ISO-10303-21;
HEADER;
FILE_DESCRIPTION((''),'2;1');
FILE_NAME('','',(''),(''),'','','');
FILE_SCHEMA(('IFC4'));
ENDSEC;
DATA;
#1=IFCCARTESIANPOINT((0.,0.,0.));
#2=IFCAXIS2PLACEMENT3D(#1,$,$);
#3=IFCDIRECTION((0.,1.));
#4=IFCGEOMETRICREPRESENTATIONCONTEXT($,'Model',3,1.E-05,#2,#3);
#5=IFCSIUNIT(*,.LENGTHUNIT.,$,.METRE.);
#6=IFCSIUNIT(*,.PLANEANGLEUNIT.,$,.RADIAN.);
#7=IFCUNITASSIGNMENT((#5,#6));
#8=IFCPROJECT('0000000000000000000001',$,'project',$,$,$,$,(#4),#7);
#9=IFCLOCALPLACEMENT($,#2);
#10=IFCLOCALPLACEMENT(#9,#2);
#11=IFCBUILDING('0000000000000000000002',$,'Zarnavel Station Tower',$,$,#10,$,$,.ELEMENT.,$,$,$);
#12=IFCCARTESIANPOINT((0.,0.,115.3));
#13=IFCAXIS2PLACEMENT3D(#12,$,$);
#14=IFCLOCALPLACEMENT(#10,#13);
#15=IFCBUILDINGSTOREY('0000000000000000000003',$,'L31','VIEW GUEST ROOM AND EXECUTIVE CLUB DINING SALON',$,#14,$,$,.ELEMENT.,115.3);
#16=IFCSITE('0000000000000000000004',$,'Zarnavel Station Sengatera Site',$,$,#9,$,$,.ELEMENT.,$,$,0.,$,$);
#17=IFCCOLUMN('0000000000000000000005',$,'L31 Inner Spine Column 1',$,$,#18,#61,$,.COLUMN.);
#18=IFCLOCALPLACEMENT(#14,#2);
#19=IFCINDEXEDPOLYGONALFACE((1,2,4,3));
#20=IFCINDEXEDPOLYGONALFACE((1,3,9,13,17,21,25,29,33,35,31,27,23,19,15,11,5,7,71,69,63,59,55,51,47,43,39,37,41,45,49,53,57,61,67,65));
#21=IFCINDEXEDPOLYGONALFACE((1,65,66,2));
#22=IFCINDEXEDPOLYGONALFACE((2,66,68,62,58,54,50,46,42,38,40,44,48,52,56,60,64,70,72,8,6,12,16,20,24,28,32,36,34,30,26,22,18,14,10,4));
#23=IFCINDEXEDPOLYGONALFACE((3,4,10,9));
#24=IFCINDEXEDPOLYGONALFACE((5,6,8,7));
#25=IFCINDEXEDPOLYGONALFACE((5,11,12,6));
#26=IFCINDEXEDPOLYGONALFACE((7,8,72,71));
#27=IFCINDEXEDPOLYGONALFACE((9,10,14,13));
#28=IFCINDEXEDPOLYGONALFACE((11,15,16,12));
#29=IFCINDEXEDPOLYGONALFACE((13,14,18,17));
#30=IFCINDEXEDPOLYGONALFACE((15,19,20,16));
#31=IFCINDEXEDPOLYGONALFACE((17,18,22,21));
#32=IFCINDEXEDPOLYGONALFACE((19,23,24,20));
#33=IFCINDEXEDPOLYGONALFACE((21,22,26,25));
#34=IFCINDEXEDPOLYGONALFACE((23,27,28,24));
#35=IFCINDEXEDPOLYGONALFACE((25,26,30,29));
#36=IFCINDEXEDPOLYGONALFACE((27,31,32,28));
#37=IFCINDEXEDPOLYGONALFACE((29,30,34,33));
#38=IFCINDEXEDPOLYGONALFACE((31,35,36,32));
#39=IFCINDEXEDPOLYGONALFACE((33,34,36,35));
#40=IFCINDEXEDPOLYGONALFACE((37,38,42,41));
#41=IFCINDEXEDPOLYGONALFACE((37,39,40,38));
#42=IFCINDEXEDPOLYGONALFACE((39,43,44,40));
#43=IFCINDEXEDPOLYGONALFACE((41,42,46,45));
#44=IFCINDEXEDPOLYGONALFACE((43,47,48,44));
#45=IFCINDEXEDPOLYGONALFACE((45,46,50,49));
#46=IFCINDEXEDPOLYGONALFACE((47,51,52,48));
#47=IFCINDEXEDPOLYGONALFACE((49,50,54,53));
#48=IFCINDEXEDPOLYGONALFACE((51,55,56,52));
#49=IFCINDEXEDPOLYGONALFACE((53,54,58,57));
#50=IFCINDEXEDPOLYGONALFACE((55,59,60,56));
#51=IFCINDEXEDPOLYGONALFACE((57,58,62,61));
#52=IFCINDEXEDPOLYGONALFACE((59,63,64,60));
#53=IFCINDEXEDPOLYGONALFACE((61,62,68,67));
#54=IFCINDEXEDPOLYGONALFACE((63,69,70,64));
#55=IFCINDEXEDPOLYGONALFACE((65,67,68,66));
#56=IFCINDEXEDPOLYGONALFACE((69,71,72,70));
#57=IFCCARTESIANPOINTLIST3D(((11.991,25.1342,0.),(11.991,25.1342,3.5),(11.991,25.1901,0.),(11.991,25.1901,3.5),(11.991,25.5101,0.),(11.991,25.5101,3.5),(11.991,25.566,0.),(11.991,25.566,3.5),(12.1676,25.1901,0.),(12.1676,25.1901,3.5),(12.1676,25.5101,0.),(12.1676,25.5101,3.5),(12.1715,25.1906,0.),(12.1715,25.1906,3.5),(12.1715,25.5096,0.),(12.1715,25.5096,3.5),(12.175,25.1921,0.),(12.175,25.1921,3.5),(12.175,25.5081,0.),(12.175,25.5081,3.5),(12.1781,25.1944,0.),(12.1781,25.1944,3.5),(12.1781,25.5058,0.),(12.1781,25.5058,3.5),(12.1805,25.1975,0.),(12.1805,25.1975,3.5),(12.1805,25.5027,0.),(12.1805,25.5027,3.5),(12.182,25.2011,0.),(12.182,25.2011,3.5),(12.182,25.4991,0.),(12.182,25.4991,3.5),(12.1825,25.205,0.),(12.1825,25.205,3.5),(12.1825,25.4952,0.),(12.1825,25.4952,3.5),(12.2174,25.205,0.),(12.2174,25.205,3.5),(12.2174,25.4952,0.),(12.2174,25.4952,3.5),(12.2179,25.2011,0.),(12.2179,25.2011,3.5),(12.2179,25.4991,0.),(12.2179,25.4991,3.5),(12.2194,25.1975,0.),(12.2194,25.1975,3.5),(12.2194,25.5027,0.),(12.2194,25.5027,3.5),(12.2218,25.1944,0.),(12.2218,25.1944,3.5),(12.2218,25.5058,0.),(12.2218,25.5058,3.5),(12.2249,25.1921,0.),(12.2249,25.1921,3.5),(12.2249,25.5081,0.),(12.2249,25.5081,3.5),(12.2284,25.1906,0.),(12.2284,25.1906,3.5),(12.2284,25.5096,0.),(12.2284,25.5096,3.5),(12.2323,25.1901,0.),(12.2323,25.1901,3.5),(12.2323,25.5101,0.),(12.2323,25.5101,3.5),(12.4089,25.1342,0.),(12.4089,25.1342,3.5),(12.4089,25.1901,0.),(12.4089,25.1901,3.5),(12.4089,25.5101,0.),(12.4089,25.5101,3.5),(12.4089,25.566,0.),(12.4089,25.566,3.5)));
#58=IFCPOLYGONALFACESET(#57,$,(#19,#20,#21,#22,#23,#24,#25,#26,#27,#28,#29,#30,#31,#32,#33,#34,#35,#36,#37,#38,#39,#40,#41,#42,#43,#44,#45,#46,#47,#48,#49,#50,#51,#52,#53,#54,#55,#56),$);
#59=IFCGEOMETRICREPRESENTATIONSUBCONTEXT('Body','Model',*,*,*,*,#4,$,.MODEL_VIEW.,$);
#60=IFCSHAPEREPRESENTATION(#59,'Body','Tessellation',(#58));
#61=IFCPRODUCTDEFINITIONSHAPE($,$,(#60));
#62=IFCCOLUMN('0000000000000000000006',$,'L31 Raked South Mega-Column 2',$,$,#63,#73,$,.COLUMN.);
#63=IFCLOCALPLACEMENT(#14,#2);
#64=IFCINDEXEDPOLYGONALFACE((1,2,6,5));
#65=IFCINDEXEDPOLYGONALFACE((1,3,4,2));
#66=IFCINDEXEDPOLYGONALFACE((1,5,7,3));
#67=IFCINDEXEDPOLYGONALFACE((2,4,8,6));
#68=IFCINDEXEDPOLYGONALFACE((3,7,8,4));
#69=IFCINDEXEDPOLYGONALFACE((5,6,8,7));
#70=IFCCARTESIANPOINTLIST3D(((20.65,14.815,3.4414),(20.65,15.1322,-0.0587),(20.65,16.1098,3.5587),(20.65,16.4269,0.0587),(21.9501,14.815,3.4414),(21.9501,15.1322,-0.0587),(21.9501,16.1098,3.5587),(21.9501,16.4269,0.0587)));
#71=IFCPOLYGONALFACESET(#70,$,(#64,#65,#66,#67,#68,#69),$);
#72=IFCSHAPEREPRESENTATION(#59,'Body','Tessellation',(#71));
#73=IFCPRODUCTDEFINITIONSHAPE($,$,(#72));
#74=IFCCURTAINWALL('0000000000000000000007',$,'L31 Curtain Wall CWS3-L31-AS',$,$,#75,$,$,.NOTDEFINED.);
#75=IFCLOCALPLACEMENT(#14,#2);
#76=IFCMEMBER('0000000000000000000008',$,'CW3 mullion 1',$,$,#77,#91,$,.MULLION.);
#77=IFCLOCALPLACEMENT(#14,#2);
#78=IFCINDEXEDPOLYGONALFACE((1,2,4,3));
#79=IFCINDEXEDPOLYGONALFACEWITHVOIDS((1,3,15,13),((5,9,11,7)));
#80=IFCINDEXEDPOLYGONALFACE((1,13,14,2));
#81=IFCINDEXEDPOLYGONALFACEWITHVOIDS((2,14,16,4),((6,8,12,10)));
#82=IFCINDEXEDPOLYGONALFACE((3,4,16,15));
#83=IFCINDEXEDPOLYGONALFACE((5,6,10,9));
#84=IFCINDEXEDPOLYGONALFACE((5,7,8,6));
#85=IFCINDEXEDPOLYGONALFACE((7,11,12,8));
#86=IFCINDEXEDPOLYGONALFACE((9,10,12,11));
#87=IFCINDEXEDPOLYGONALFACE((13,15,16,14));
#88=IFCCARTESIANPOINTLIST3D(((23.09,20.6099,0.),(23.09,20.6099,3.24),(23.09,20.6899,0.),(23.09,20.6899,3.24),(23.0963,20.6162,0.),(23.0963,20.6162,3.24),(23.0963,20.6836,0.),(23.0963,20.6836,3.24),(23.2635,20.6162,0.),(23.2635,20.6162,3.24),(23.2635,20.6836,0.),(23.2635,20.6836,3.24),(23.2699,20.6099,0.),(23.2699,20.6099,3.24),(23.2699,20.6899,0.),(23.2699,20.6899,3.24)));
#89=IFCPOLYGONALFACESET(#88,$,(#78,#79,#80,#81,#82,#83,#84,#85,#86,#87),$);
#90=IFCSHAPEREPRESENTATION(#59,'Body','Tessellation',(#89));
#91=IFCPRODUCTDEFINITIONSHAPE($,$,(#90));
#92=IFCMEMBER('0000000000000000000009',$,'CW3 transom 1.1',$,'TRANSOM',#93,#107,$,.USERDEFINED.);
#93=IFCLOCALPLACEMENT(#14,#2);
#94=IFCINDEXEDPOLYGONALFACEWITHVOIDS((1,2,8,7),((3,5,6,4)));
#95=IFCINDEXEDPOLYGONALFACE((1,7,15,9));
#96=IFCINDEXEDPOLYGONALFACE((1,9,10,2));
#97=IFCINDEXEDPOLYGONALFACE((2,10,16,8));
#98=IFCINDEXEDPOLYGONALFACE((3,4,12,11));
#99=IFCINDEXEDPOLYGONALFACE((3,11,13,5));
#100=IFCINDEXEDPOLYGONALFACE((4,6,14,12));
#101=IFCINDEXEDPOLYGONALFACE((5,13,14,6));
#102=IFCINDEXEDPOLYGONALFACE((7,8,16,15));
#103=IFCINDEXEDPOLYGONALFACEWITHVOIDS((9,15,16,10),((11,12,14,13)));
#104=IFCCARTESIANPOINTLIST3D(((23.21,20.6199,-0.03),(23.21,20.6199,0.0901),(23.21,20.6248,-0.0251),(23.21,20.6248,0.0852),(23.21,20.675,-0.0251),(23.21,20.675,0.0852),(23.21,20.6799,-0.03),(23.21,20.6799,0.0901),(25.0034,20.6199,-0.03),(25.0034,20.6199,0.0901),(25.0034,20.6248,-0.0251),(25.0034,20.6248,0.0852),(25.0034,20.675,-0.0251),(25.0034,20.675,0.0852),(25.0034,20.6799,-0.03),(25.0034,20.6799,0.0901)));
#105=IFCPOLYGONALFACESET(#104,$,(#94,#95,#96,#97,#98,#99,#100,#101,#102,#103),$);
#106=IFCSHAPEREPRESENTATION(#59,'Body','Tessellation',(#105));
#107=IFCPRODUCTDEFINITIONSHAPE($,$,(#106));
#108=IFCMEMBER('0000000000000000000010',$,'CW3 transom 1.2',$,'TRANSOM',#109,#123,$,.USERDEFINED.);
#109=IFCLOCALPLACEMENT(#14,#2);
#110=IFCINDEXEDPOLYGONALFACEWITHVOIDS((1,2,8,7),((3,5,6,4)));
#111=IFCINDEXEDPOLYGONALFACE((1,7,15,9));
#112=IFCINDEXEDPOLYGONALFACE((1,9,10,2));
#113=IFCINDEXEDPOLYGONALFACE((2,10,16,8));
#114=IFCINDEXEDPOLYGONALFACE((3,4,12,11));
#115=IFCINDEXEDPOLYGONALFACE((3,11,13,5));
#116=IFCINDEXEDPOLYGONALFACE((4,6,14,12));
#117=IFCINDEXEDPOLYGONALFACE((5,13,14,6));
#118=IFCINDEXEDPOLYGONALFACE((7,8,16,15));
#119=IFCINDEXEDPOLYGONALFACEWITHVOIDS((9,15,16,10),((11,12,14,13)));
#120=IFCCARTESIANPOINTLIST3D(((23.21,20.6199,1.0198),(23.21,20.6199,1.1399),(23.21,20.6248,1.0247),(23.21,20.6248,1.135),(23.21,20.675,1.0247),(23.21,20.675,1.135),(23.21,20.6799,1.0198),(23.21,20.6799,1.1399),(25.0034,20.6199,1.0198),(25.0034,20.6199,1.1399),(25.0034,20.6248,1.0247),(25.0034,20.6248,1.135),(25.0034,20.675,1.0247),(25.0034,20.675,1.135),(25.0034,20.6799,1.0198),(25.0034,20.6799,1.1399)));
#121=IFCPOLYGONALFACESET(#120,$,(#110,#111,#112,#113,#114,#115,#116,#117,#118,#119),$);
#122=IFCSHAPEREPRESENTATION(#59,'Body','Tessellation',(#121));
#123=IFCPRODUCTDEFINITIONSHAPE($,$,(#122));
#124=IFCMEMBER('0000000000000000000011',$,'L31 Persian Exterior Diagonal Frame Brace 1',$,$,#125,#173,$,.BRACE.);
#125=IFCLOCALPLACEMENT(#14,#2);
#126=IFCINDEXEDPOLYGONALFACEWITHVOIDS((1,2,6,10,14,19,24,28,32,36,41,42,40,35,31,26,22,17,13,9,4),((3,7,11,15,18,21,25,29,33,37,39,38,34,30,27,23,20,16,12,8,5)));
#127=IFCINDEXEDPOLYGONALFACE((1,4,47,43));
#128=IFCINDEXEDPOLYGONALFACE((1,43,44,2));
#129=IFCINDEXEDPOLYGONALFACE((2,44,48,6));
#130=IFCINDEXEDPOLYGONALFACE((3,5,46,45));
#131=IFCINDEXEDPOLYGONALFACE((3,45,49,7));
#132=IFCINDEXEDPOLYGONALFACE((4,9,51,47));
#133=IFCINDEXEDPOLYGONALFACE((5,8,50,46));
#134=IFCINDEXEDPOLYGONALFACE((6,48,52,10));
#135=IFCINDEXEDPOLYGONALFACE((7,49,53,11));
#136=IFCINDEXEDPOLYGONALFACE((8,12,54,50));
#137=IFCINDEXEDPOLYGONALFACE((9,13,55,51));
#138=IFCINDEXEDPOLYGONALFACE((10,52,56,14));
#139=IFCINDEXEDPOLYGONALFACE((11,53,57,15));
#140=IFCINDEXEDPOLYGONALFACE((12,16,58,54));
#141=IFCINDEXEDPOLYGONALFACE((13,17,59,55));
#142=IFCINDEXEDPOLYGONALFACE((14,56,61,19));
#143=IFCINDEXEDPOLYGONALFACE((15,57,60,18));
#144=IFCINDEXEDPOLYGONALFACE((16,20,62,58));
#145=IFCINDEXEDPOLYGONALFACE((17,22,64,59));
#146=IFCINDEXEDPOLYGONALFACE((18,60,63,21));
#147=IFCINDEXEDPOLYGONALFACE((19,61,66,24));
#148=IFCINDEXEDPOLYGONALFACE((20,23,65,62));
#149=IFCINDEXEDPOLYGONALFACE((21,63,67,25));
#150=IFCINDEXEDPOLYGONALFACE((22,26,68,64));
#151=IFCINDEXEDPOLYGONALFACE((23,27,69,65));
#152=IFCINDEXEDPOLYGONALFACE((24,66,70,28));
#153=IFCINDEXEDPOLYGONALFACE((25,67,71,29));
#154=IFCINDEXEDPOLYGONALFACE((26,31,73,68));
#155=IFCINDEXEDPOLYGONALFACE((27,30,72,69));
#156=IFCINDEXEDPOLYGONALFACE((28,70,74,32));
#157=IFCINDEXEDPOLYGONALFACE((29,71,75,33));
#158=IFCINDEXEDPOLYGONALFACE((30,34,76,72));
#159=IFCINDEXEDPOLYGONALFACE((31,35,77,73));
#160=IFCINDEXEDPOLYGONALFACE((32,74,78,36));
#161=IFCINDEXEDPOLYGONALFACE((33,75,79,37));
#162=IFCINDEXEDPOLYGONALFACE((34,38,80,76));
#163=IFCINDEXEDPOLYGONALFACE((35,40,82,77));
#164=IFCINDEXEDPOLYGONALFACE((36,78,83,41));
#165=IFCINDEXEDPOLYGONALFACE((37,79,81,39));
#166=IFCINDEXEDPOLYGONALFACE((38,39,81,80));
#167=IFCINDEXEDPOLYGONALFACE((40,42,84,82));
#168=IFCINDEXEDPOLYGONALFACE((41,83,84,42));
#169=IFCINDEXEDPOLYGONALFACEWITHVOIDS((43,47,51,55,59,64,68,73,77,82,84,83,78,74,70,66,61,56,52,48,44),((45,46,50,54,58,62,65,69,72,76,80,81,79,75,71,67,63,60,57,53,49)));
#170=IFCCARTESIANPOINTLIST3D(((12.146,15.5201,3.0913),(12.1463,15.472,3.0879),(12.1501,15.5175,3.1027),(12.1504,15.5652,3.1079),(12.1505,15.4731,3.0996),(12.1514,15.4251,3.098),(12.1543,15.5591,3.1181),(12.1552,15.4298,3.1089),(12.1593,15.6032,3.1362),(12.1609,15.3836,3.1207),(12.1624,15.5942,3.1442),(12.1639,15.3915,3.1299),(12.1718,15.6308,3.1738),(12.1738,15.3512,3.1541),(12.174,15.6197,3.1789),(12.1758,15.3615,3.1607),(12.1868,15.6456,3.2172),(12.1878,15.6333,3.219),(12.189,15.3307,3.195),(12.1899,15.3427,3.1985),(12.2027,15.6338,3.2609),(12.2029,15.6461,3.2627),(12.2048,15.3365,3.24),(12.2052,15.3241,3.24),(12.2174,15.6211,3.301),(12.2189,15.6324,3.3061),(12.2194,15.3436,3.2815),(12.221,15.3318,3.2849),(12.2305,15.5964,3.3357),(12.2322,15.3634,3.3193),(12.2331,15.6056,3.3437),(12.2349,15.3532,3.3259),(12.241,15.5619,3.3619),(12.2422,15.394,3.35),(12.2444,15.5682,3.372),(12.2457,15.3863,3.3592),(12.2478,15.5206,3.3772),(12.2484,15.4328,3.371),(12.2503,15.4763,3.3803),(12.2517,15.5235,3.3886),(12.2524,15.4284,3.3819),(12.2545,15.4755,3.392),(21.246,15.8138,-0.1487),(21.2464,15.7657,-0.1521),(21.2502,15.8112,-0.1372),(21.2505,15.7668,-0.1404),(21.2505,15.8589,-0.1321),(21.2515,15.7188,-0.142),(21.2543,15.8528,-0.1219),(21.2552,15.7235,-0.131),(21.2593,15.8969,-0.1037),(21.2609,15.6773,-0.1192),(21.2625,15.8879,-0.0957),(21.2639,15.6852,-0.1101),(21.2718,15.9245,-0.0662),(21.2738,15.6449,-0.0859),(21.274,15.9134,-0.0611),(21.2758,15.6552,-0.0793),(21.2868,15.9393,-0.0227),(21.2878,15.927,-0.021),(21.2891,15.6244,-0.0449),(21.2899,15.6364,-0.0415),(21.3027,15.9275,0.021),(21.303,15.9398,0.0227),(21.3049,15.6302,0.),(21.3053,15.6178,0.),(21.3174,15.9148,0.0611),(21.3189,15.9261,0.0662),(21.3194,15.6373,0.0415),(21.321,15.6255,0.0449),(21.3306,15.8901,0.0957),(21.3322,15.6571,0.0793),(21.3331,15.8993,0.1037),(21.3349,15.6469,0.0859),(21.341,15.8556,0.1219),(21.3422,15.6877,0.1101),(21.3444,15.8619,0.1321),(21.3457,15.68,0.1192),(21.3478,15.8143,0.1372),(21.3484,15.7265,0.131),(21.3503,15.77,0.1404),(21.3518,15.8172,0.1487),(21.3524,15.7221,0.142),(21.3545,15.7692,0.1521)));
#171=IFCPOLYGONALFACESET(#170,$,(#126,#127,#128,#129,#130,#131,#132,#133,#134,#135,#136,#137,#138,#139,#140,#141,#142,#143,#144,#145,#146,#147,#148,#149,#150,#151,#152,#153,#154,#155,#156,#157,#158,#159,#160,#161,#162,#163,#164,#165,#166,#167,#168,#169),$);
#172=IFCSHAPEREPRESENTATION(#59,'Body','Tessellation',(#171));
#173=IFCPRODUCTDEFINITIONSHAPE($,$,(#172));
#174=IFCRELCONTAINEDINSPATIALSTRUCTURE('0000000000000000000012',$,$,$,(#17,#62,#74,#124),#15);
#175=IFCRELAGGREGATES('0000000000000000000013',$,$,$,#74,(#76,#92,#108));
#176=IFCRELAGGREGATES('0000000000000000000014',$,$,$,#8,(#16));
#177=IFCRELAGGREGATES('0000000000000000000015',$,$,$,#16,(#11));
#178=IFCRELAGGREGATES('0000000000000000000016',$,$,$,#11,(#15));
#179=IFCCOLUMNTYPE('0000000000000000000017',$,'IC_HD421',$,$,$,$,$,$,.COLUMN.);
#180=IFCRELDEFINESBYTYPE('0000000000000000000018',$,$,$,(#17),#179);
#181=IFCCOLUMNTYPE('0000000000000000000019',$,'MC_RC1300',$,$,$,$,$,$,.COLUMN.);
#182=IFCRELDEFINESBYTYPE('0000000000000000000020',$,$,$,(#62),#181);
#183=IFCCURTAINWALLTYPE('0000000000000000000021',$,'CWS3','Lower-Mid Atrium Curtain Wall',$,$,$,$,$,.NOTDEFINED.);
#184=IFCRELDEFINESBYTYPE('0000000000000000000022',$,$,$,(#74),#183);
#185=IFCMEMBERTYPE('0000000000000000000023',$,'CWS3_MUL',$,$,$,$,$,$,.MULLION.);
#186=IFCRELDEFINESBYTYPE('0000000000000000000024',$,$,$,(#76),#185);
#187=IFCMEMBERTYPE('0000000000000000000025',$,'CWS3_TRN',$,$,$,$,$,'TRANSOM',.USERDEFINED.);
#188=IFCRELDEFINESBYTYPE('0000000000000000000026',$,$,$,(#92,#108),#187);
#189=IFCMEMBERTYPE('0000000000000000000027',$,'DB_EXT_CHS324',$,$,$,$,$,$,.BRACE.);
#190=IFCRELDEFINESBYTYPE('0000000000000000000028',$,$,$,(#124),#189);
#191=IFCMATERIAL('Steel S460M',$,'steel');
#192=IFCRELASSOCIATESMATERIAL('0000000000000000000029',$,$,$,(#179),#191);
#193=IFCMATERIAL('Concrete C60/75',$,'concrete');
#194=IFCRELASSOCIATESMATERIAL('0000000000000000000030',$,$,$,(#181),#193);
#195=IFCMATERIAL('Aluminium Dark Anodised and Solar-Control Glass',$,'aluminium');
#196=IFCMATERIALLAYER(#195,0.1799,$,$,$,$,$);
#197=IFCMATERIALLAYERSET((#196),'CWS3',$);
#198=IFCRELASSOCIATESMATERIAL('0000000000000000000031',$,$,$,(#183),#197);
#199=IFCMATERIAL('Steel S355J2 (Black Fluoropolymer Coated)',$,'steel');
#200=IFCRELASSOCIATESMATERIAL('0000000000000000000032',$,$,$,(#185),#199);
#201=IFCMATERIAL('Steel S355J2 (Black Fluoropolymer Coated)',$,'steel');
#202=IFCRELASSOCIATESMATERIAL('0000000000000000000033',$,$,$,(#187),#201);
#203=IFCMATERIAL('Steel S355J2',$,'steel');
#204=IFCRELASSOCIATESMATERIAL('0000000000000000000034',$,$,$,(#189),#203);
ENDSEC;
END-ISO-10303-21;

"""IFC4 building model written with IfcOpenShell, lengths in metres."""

from ifc_helpers import new_model, si_unit, direction, frame, origin, origin_2d, place, context, subcontext, project, spatial, rectangle, hollow_rectangle, hollow_circle, i_section, extrude, material, layer, layer_set, material_profile, profile_set, type_object, element, aggregate, save


model = new_model("IFC4")

# Units and contexts
model_context = context("Model", 3, precision=1e-05, world=origin(), true_north=direction((0.0, 1.0)))
body_context = subcontext(model_context, "Body", "Model", "MODEL_VIEW")
ifc_project = project(units=[si_unit("LENGTHUNIT", "METRE"), si_unit("PLANEANGLEUNIT", "RADIAN")], contexts=[model_context])

# Site, building, storey
site_placement = place(None, origin())
site = spatial("IfcSite", under=ifc_project, at=site_placement, Name="Zarnavel Station Sengatera Site", CompositionType="ELEMENT", RefElevation=0.0)
building_placement = place(site_placement, origin())
building = spatial("IfcBuilding", under=site, at=building_placement, Name="Zarnavel Station Tower", CompositionType="ELEMENT")
storey_placement = place(building_placement, frame((0.0, 0.0, 115.3)))
storey = spatial("IfcBuildingStorey", under=building, at=storey_placement, Name="L31", Description="VIEW GUEST ROOM AND EXECUTIVE CLUB DINING SALON", CompositionType="ELEMENT", Elevation=115.3)

# Columns
ifc_material_1 = material(Name="Steel S460M", Category="steel")
ifc_material_profile_1 = material_profile(ifc_material_1, i_section(OverallWidth=0.418, OverallDepth=0.4319, WebThickness=0.0349, FlangeThickness=0.0559, FilletRadius=0.0149, at=origin_2d()), Name="HD400x421")
ifc_profile_set_1 = profile_set([ifc_material_profile_1], Name="Steel S460M")
column_type_1 = type_object("IfcColumnType", Name="IC_HD421", PredefinedType="COLUMN", material=ifc_profile_set_1)
column_1_placement = place(storey_placement, frame((12.2, 25.3501, 0.0), z_axis=(0.0, 0.0, 1.0), x_axis=(1.0, 0.0, 0.0)))
element("IfcColumn", 1, at=column_1_placement, inside=storey, type_object=column_type_1, Name="L31 Inner Spine Column 1", PredefinedType="COLUMN", context=body_context, shape_type="SweptSolid", body=[
    extrude(i_section(OverallWidth=0.418, OverallDepth=0.4319, WebThickness=0.0349, FlangeThickness=0.0559, FilletRadius=0.0149, at=origin_2d()), origin(), (0.0, 0.0, 1.0), 3.5),
])
ifc_material_2 = material(Name="Concrete C60/75", Category="concrete")
ifc_material_profile_2 = material_profile(ifc_material_2, rectangle(XDim=1.3, YDim=1.3, at=origin_2d()), Name="RC1300x1300")
ifc_profile_set_2 = profile_set([ifc_material_profile_2], Name="Concrete C60/75")
column_type_2 = type_object("IfcColumnType", Name="MC_RC1300", PredefinedType="COLUMN", material=ifc_profile_set_2)
column_2_placement = place(storey_placement, frame((21.3, 15.7795, 0.0), z_axis=(0.0, -0.090241, 0.99592), x_axis=(1.0, 0.0, 0.0)))
element("IfcColumn", 2, at=column_2_placement, inside=storey, type_object=column_type_2, Name="L31 Raked South Mega-Column 2", PredefinedType="COLUMN", context=body_context, shape_type="SweptSolid", body=[
    extrude(rectangle(XDim=1.3, YDim=1.3, at=origin_2d()), origin(), (0.0, 0.0, 1.0), 3.5144),
])

# Curtain wall, members
ifc_material_3 = material(Name="Aluminium Dark Anodised and Solar-Control Glass", Category="aluminium")
ifc_layer_1 = layer(ifc_material_3, 0.1799)
ifc_layer_set_1 = layer_set([ifc_layer_1], Name="CWS3")
curtain_wall_type = type_object("IfcCurtainWallType", Name="CWS3", Description="Lower-Mid Atrium Curtain Wall", PredefinedType="NOTDEFINED", material=ifc_layer_set_1)
curtain_wall_placement = place(storey_placement, origin())
curtain_wall = element("IfcCurtainWall", 3, at=curtain_wall_placement, inside=storey, type_object=curtain_wall_type, Name="L31 Curtain Wall CWS3-L31-AS", PredefinedType="NOTDEFINED")
ifc_material_4 = material(Name="Steel S355J2 (Black Fluoropolymer Coated)", Category="steel")
ifc_material_profile_3 = material_profile(ifc_material_4, hollow_rectangle(XDim=0.0801, YDim=0.1799, WallThickness=0.0063, at=origin_2d()), Name="RHS180x80x6.3")
ifc_profile_set_3 = profile_set([ifc_material_profile_3], Name="Steel S355J2 (Black Fluoropolymer Coated)")
member_type_1 = type_object("IfcMemberType", Name="CWS3_MUL", PredefinedType="MULLION", material=ifc_profile_set_3)
member_1_placement = place(storey_placement, frame((23.1799, 20.6499, 0.0), z_axis=(0.0, 0.0, 1.0), x_axis=(0.0, 1.0, 0.0)))
member_1 = element("IfcMember", 4, at=member_1_placement, type_object=member_type_1, Name="CW3 mullion 1", PredefinedType="MULLION", context=body_context, shape_type="SweptSolid", body=[
    extrude(hollow_rectangle(XDim=0.0801, YDim=0.1799, WallThickness=0.0063, at=origin_2d()), origin(), (0.0, 0.0, 1.0), 3.24),
])
ifc_material_5 = material(Name="Steel S355J2 (Black Fluoropolymer Coated)", Category="steel")
ifc_material_profile_4 = material_profile(ifc_material_5, hollow_rectangle(XDim=0.0601, YDim=0.1201, WallThickness=0.0049, at=origin_2d()), Name="RHS120x60x5")
ifc_profile_set_4 = profile_set([ifc_material_profile_4], Name="Steel S355J2 (Black Fluoropolymer Coated)")
member_type_2 = type_object("IfcMemberType", Name="CWS3_TRN", ElementType="TRANSOM", PredefinedType="USERDEFINED", material=ifc_profile_set_4)
member_2_placement = place(storey_placement, frame((23.21, 20.6499, 0.03), z_axis=(1.0, 0.0, 0.0), x_axis=(0.0, 1.0, 0.0)))
member_2 = element("IfcMember", 5, at=member_2_placement, type_object=member_type_2, Name="CW3 transom 1.1", ObjectType="TRANSOM", PredefinedType="USERDEFINED", context=body_context, shape_type="SweptSolid", body=[
    extrude(hollow_rectangle(XDim=0.0601, YDim=0.1201, WallThickness=0.0049, at=origin_2d()), origin(), (0.0, 0.0, 1.0), 1.7935),
])
member_3_placement = place(storey_placement, frame((23.21, 20.6499, 1.0798), z_axis=(1.0, 0.0, 0.0), x_axis=(0.0, 1.0, 0.0)))
member_3 = element("IfcMember", 6, at=member_3_placement, type_object=member_type_2, Name="CW3 transom 1.2", ObjectType="TRANSOM", PredefinedType="USERDEFINED", context=body_context, shape_type="SweptSolid", body=[
    extrude(hollow_rectangle(XDim=0.0601, YDim=0.1201, WallThickness=0.0049, at=origin_2d()), origin(), (0.0, 0.0, 1.0), 1.7935),
])
aggregate(curtain_wall, [member_1, member_2, member_3])

# Member
ifc_material_6 = material(Name="Steel S355J2", Category="steel")
ifc_material_profile_5 = material_profile(ifc_material_6, hollow_circle(Radius=0.1619, WallThickness=0.0125, at=origin_2d()), Name="CHS323.9x12.5")
ifc_profile_set_5 = profile_set([ifc_material_profile_5], Name="Steel S355J2")
member_type_3 = type_object("IfcMemberType", Name="DB_EXT_CHS324", PredefinedType="BRACE", material=ifc_profile_set_5)
member_4_placement = place(storey_placement, frame((21.3, 15.7795, 0.0), z_axis=(-0.941636, -0.030391, 0.335259), x_axis=(0.032258, -0.99948, 0.0)))
element("IfcMember", 7, at=member_4_placement, inside=storey, type_object=member_type_3, Name="L31 Persian Exterior Diagonal Frame Brace 1", PredefinedType="BRACE", context=body_context, shape_type="SweptSolid", body=[
    extrude(hollow_circle(Radius=0.1619, WallThickness=0.0125, at=origin_2d()), origin(), (0.0, 0.0, 1.0), 9.6641),
])

save(model, "model.ifc")
